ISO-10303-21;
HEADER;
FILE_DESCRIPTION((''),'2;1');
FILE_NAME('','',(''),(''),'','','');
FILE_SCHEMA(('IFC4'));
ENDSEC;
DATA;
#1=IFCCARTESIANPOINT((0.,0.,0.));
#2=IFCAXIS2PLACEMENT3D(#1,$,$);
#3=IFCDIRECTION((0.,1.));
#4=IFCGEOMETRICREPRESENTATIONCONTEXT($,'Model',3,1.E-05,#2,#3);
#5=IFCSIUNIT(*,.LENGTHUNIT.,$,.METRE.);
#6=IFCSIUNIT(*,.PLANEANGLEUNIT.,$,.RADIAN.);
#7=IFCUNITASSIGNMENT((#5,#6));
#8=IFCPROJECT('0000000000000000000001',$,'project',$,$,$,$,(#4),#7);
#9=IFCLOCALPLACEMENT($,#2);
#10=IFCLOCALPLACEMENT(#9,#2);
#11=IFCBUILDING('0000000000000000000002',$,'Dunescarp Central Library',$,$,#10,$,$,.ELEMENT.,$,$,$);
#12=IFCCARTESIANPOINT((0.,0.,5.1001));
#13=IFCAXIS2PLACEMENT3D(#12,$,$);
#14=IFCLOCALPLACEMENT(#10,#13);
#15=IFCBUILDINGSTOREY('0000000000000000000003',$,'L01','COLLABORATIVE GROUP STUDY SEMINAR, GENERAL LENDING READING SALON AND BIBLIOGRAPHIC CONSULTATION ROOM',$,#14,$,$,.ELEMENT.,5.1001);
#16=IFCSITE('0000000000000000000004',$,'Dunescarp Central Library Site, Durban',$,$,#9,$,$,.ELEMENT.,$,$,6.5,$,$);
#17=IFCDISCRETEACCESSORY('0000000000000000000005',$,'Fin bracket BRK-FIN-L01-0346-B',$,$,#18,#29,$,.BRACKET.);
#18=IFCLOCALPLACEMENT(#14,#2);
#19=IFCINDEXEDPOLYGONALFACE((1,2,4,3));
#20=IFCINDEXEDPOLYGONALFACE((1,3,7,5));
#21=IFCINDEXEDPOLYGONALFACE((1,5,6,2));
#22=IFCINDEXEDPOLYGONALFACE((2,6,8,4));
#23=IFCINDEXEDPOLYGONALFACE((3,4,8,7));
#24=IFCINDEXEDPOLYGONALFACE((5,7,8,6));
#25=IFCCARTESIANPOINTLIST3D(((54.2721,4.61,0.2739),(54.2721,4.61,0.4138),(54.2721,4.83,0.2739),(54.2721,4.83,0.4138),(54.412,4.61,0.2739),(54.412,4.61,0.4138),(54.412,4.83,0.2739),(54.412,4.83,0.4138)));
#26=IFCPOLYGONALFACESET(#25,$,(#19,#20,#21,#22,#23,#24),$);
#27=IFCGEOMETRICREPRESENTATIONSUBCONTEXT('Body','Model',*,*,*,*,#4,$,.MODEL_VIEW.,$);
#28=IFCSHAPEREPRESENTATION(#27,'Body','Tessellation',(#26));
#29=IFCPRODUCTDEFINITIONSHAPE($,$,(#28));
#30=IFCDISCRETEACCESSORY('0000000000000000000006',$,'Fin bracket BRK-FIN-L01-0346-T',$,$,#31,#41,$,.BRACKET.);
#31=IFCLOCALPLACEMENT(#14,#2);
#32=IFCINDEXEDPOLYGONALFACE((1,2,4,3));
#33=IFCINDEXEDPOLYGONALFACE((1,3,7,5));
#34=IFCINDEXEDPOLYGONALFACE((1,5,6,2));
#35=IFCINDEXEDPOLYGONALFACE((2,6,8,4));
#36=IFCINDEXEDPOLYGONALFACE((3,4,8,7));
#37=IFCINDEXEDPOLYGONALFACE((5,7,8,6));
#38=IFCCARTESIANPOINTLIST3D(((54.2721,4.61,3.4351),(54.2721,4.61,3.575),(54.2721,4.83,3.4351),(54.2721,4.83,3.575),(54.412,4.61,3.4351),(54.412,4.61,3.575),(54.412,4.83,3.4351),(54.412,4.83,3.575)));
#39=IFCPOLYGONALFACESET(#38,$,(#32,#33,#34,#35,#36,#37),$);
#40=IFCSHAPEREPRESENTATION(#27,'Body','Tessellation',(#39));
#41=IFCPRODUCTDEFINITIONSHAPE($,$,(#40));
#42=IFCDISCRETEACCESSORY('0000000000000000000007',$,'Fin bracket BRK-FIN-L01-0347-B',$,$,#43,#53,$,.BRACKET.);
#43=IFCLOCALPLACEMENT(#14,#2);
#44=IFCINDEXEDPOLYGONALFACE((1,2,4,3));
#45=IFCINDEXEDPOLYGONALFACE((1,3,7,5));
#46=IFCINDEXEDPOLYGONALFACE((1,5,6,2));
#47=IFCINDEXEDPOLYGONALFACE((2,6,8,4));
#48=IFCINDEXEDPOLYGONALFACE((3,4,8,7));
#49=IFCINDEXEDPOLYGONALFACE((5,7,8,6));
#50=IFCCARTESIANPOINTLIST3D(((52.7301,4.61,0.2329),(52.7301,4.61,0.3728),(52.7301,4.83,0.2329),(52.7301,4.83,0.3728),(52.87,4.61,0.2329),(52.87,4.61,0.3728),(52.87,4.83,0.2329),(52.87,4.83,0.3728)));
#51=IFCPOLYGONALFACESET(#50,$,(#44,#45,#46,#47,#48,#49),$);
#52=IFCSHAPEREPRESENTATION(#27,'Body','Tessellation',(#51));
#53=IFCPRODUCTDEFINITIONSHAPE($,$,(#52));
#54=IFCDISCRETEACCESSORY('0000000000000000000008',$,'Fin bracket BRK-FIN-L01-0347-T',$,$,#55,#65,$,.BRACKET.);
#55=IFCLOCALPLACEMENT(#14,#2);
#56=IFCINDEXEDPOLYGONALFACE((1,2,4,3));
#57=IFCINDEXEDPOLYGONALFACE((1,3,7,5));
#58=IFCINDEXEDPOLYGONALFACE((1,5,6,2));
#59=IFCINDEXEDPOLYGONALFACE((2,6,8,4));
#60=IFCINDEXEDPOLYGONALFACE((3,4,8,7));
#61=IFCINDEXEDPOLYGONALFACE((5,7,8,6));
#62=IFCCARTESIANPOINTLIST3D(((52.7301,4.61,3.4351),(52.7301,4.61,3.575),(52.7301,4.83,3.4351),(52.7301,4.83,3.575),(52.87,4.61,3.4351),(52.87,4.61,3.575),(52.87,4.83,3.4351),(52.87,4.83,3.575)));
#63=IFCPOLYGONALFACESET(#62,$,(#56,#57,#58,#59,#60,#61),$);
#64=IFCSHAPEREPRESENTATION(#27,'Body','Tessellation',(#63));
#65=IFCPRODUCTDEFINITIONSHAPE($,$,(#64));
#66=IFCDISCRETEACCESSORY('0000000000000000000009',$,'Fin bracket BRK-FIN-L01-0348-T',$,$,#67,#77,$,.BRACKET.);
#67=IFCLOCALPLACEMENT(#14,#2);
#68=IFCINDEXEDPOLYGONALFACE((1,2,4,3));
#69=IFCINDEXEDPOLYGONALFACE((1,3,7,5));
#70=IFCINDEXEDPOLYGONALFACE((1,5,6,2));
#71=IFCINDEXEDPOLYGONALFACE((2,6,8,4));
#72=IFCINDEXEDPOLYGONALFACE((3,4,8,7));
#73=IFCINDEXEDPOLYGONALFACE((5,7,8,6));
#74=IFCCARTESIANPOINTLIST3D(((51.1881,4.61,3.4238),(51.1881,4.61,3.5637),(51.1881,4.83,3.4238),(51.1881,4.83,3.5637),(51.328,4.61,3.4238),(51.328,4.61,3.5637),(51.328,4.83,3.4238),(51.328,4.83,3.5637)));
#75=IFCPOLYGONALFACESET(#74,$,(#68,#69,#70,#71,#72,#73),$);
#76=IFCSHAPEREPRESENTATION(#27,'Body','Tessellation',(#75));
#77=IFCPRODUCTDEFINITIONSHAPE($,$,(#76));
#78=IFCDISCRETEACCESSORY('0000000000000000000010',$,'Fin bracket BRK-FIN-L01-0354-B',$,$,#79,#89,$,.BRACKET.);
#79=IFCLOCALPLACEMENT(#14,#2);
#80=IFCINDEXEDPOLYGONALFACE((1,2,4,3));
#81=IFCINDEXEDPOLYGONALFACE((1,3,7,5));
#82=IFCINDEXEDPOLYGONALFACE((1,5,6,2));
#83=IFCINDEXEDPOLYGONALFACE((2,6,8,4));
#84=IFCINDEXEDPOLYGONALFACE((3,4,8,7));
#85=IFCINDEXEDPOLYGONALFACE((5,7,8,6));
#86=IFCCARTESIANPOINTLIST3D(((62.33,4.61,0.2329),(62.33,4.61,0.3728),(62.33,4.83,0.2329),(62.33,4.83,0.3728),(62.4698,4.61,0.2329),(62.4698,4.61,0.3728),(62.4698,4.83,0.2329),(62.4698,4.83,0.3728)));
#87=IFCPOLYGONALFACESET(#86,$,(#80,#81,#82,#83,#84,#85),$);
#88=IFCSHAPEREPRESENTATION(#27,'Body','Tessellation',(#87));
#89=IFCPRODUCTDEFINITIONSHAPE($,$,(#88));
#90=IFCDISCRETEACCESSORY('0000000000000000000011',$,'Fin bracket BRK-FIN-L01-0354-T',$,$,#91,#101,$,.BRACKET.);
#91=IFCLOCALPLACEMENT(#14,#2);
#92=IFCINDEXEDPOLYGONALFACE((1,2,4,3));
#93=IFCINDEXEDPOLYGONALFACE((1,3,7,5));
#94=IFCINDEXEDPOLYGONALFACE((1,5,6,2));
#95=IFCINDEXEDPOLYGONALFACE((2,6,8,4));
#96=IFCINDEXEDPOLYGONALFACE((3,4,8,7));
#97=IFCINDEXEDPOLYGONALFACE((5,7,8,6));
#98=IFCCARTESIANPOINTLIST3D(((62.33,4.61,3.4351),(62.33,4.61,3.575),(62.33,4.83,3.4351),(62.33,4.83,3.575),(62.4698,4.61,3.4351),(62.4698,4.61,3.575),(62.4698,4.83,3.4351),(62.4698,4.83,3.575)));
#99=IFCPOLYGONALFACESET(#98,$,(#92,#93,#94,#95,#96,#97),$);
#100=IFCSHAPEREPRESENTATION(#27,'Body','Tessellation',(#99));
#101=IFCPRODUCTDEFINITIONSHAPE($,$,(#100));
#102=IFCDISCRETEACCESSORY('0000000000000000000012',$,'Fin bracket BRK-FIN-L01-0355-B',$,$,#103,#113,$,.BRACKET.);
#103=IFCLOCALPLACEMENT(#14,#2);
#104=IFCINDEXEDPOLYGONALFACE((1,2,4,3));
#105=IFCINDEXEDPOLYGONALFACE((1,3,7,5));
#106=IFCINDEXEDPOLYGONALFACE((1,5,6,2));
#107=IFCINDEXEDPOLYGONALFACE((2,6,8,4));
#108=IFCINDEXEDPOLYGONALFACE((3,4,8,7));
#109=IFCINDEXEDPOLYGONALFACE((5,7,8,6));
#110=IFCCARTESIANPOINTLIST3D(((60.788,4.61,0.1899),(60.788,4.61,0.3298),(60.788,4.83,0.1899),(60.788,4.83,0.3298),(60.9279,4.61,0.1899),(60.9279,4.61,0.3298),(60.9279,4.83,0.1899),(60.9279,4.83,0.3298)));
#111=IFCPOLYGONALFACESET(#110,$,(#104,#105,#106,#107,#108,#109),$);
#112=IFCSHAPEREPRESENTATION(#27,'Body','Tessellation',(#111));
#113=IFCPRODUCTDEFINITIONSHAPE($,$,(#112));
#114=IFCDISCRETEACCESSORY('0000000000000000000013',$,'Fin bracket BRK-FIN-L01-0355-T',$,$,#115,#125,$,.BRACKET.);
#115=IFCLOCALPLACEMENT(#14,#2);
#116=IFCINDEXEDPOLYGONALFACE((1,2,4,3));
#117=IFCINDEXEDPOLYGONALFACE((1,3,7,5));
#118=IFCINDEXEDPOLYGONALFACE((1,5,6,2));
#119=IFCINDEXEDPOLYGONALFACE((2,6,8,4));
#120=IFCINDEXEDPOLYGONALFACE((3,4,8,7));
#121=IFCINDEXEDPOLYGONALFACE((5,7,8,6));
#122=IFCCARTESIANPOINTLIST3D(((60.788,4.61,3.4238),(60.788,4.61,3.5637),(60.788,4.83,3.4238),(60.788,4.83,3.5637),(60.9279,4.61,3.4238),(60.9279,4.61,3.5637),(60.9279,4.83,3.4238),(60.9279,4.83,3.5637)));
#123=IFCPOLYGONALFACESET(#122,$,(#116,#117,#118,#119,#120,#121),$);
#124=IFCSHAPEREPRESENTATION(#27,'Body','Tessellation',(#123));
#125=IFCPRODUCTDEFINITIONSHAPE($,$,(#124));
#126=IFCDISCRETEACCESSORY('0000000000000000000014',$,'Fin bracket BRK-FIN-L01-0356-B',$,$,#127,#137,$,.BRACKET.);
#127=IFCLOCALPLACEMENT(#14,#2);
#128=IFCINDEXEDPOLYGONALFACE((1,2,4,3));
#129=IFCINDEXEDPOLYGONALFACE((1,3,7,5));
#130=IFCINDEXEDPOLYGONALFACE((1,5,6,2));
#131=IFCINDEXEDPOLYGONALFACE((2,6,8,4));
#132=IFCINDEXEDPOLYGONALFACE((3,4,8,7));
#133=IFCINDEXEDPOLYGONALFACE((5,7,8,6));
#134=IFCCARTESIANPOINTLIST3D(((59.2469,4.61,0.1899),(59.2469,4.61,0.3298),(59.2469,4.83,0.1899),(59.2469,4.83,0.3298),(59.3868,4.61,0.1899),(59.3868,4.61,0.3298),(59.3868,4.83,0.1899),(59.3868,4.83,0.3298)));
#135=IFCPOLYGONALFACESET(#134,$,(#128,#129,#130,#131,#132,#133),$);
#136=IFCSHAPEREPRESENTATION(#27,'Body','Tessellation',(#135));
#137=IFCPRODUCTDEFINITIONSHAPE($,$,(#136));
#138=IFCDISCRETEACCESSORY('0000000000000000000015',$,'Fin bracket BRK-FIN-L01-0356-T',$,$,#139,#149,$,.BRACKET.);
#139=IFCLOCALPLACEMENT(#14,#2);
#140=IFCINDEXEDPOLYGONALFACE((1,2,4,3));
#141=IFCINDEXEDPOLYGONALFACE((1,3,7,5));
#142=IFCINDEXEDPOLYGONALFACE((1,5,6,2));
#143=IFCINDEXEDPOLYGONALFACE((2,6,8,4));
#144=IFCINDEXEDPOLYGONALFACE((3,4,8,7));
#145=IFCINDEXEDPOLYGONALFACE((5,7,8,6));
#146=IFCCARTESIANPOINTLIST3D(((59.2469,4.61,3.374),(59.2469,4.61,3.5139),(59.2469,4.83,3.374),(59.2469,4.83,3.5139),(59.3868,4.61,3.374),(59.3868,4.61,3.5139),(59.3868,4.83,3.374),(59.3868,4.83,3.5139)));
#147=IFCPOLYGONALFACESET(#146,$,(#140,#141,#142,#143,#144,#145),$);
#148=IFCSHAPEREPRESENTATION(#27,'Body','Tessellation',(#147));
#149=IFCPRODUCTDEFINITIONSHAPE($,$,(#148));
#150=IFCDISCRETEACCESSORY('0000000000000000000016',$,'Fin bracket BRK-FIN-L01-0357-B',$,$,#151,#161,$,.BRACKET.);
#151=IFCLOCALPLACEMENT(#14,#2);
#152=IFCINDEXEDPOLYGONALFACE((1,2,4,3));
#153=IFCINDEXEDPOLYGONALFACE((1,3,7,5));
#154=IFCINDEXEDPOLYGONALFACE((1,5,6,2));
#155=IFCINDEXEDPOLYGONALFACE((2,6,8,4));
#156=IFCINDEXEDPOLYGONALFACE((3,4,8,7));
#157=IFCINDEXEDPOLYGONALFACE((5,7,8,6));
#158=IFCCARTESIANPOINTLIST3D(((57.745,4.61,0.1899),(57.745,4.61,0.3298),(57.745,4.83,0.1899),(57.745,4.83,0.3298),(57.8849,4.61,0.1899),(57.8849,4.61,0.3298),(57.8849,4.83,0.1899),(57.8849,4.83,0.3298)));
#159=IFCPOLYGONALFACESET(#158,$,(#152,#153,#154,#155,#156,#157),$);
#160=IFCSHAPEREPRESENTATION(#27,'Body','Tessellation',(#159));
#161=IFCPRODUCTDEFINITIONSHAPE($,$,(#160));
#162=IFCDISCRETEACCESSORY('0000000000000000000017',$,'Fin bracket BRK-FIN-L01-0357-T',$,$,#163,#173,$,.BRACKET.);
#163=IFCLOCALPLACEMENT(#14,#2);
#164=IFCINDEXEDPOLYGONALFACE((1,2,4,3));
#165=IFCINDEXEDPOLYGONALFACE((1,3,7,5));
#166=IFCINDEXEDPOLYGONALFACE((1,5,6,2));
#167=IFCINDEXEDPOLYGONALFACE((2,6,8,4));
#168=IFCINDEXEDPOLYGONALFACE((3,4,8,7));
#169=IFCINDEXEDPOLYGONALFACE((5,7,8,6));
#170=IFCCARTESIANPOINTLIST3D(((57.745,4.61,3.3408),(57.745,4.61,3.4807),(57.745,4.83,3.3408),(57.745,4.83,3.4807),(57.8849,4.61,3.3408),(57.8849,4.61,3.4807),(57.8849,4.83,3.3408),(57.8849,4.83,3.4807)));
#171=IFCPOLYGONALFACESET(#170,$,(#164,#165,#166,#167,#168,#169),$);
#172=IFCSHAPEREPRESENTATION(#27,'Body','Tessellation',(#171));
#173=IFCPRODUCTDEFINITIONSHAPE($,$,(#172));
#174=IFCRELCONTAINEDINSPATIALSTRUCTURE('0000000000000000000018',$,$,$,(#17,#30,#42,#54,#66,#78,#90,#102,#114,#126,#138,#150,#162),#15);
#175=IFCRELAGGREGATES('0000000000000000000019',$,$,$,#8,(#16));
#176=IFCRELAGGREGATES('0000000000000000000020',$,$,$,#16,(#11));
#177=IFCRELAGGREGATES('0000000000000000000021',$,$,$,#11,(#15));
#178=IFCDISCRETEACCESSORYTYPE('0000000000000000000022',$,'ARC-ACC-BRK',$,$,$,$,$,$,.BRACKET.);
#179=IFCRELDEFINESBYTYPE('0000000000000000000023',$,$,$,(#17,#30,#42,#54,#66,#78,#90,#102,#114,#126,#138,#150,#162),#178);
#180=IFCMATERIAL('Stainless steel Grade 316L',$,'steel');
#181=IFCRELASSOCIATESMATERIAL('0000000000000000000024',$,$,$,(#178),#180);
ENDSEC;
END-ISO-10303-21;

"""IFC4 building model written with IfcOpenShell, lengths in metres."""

from ifc_helpers import new_model, si_unit, direction, frame, origin, origin_2d, place, context, subcontext, project, spatial, rectangle, extrude, material, type_object, element, save


model = new_model("IFC4")

# Units and contexts
model_context = context("Model", 3, precision=1e-05, world=origin(), true_north=direction((0.0, 1.0)))
body_context = subcontext(model_context, "Body", "Model", "MODEL_VIEW")
ifc_project = project(units=[si_unit("LENGTHUNIT", "METRE"), si_unit("PLANEANGLEUNIT", "RADIAN")], contexts=[model_context])

# Site, building, storey
site_placement = place(None, origin())
site = spatial("IfcSite", under=ifc_project, at=site_placement, Name="Dunescarp Central Library Site, Durban", CompositionType="ELEMENT", RefElevation=6.5)
building_placement = place(site_placement, origin())
building = spatial("IfcBuilding", under=site, at=building_placement, Name="Dunescarp Central Library", CompositionType="ELEMENT")
storey_placement = place(building_placement, frame((0.0, 0.0, 5.1001)))
storey = spatial("IfcBuildingStorey", under=building, at=storey_placement, Name="L01", Description="COLLABORATIVE GROUP STUDY SEMINAR, GENERAL LENDING READING SALON AND BIBLIOGRAPHIC CONSULTATION ROOM", CompositionType="ELEMENT", Elevation=5.1001)

# Discrete accessories
ifc_material_1 = material(Name="Stainless steel Grade 316L", Category="steel")
discrete_accessory_type = type_object("IfcDiscreteAccessoryType", Name="ARC-ACC-BRK", PredefinedType="BRACKET", material=ifc_material_1)
for number, where, z_axis, x_axis, name in (
    (1, (54.342, 4.72, 0.2739), (0.0, 0.0, 1.0), (0.0, -1.0, 0.0), "Fin bracket BRK-FIN-L01-0346-B"),
    (2, (54.342, 4.72, 3.4351), (0.0, 0.0, 1.0), (0.0, -1.0, 0.0), "Fin bracket BRK-FIN-L01-0346-T"),
    (3, (52.8, 4.72, 0.2329), (0.0, 0.0, 1.0), (0.0, -1.0, 0.0), "Fin bracket BRK-FIN-L01-0347-B"),
    (4, (52.8, 4.72, 3.4351), (0.0, 0.0, 1.0), (0.0, -1.0, 0.0), "Fin bracket BRK-FIN-L01-0347-T"),
    (5, (51.2581, 4.72, 3.4238), (0.0, 0.0, 1.0), (0.0, -1.0, 0.0), "Fin bracket BRK-FIN-L01-0348-T"),
    (6, (62.3999, 4.72, 0.2329), (0.0, 0.0, 1.0), (0.0, -1.0, 0.0), "Fin bracket BRK-FIN-L01-0354-B"),
    (7, (62.3999, 4.72, 3.4351), (0.0, 0.0, 1.0), (0.0, -1.0, 0.0), "Fin bracket BRK-FIN-L01-0354-T"),
    (8, (60.8579, 4.72, 0.1899), (0.0, 0.0, 1.0), (0.0, -1.0, 0.0), "Fin bracket BRK-FIN-L01-0355-B"),
    (9, (60.8579, 4.72, 3.4238), (0.0, 0.0, 1.0), (0.0, -1.0, 0.0), "Fin bracket BRK-FIN-L01-0355-T"),
    (10, (59.3169, 4.72, 0.1899), (0.0, 0.0, 1.0), (0.0, -1.0, 0.0), "Fin bracket BRK-FIN-L01-0356-B"),
    (11, (59.3169, 4.72, 3.374), (0.0, 0.0, 1.0), (0.0, -1.0, 0.0), "Fin bracket BRK-FIN-L01-0356-T"),
    (12, (57.8149, 4.72, 0.1899), (0.0, 0.0, 1.0), (0.0, -1.0, 0.0), "Fin bracket BRK-FIN-L01-0357-B"),
    (13, (57.8149, 4.72, 3.3408), (0.0, 0.0, 1.0), (0.0, -1.0, 0.0), "Fin bracket BRK-FIN-L01-0357-T"),
):
    element("IfcDiscreteAccessory", number, at=place(storey_placement, frame(where, z_axis=z_axis, x_axis=x_axis)), inside=storey, type_object=discrete_accessory_type, Name=name, PredefinedType="BRACKET", context=body_context, shape_type="SweptSolid", body=[
        extrude(rectangle(XDim=0.22, YDim=0.1399, at=origin_2d()), origin(), (0.0, 0.0, 1.0), 0.1399),
    ])

save(model, "model.ifc")
